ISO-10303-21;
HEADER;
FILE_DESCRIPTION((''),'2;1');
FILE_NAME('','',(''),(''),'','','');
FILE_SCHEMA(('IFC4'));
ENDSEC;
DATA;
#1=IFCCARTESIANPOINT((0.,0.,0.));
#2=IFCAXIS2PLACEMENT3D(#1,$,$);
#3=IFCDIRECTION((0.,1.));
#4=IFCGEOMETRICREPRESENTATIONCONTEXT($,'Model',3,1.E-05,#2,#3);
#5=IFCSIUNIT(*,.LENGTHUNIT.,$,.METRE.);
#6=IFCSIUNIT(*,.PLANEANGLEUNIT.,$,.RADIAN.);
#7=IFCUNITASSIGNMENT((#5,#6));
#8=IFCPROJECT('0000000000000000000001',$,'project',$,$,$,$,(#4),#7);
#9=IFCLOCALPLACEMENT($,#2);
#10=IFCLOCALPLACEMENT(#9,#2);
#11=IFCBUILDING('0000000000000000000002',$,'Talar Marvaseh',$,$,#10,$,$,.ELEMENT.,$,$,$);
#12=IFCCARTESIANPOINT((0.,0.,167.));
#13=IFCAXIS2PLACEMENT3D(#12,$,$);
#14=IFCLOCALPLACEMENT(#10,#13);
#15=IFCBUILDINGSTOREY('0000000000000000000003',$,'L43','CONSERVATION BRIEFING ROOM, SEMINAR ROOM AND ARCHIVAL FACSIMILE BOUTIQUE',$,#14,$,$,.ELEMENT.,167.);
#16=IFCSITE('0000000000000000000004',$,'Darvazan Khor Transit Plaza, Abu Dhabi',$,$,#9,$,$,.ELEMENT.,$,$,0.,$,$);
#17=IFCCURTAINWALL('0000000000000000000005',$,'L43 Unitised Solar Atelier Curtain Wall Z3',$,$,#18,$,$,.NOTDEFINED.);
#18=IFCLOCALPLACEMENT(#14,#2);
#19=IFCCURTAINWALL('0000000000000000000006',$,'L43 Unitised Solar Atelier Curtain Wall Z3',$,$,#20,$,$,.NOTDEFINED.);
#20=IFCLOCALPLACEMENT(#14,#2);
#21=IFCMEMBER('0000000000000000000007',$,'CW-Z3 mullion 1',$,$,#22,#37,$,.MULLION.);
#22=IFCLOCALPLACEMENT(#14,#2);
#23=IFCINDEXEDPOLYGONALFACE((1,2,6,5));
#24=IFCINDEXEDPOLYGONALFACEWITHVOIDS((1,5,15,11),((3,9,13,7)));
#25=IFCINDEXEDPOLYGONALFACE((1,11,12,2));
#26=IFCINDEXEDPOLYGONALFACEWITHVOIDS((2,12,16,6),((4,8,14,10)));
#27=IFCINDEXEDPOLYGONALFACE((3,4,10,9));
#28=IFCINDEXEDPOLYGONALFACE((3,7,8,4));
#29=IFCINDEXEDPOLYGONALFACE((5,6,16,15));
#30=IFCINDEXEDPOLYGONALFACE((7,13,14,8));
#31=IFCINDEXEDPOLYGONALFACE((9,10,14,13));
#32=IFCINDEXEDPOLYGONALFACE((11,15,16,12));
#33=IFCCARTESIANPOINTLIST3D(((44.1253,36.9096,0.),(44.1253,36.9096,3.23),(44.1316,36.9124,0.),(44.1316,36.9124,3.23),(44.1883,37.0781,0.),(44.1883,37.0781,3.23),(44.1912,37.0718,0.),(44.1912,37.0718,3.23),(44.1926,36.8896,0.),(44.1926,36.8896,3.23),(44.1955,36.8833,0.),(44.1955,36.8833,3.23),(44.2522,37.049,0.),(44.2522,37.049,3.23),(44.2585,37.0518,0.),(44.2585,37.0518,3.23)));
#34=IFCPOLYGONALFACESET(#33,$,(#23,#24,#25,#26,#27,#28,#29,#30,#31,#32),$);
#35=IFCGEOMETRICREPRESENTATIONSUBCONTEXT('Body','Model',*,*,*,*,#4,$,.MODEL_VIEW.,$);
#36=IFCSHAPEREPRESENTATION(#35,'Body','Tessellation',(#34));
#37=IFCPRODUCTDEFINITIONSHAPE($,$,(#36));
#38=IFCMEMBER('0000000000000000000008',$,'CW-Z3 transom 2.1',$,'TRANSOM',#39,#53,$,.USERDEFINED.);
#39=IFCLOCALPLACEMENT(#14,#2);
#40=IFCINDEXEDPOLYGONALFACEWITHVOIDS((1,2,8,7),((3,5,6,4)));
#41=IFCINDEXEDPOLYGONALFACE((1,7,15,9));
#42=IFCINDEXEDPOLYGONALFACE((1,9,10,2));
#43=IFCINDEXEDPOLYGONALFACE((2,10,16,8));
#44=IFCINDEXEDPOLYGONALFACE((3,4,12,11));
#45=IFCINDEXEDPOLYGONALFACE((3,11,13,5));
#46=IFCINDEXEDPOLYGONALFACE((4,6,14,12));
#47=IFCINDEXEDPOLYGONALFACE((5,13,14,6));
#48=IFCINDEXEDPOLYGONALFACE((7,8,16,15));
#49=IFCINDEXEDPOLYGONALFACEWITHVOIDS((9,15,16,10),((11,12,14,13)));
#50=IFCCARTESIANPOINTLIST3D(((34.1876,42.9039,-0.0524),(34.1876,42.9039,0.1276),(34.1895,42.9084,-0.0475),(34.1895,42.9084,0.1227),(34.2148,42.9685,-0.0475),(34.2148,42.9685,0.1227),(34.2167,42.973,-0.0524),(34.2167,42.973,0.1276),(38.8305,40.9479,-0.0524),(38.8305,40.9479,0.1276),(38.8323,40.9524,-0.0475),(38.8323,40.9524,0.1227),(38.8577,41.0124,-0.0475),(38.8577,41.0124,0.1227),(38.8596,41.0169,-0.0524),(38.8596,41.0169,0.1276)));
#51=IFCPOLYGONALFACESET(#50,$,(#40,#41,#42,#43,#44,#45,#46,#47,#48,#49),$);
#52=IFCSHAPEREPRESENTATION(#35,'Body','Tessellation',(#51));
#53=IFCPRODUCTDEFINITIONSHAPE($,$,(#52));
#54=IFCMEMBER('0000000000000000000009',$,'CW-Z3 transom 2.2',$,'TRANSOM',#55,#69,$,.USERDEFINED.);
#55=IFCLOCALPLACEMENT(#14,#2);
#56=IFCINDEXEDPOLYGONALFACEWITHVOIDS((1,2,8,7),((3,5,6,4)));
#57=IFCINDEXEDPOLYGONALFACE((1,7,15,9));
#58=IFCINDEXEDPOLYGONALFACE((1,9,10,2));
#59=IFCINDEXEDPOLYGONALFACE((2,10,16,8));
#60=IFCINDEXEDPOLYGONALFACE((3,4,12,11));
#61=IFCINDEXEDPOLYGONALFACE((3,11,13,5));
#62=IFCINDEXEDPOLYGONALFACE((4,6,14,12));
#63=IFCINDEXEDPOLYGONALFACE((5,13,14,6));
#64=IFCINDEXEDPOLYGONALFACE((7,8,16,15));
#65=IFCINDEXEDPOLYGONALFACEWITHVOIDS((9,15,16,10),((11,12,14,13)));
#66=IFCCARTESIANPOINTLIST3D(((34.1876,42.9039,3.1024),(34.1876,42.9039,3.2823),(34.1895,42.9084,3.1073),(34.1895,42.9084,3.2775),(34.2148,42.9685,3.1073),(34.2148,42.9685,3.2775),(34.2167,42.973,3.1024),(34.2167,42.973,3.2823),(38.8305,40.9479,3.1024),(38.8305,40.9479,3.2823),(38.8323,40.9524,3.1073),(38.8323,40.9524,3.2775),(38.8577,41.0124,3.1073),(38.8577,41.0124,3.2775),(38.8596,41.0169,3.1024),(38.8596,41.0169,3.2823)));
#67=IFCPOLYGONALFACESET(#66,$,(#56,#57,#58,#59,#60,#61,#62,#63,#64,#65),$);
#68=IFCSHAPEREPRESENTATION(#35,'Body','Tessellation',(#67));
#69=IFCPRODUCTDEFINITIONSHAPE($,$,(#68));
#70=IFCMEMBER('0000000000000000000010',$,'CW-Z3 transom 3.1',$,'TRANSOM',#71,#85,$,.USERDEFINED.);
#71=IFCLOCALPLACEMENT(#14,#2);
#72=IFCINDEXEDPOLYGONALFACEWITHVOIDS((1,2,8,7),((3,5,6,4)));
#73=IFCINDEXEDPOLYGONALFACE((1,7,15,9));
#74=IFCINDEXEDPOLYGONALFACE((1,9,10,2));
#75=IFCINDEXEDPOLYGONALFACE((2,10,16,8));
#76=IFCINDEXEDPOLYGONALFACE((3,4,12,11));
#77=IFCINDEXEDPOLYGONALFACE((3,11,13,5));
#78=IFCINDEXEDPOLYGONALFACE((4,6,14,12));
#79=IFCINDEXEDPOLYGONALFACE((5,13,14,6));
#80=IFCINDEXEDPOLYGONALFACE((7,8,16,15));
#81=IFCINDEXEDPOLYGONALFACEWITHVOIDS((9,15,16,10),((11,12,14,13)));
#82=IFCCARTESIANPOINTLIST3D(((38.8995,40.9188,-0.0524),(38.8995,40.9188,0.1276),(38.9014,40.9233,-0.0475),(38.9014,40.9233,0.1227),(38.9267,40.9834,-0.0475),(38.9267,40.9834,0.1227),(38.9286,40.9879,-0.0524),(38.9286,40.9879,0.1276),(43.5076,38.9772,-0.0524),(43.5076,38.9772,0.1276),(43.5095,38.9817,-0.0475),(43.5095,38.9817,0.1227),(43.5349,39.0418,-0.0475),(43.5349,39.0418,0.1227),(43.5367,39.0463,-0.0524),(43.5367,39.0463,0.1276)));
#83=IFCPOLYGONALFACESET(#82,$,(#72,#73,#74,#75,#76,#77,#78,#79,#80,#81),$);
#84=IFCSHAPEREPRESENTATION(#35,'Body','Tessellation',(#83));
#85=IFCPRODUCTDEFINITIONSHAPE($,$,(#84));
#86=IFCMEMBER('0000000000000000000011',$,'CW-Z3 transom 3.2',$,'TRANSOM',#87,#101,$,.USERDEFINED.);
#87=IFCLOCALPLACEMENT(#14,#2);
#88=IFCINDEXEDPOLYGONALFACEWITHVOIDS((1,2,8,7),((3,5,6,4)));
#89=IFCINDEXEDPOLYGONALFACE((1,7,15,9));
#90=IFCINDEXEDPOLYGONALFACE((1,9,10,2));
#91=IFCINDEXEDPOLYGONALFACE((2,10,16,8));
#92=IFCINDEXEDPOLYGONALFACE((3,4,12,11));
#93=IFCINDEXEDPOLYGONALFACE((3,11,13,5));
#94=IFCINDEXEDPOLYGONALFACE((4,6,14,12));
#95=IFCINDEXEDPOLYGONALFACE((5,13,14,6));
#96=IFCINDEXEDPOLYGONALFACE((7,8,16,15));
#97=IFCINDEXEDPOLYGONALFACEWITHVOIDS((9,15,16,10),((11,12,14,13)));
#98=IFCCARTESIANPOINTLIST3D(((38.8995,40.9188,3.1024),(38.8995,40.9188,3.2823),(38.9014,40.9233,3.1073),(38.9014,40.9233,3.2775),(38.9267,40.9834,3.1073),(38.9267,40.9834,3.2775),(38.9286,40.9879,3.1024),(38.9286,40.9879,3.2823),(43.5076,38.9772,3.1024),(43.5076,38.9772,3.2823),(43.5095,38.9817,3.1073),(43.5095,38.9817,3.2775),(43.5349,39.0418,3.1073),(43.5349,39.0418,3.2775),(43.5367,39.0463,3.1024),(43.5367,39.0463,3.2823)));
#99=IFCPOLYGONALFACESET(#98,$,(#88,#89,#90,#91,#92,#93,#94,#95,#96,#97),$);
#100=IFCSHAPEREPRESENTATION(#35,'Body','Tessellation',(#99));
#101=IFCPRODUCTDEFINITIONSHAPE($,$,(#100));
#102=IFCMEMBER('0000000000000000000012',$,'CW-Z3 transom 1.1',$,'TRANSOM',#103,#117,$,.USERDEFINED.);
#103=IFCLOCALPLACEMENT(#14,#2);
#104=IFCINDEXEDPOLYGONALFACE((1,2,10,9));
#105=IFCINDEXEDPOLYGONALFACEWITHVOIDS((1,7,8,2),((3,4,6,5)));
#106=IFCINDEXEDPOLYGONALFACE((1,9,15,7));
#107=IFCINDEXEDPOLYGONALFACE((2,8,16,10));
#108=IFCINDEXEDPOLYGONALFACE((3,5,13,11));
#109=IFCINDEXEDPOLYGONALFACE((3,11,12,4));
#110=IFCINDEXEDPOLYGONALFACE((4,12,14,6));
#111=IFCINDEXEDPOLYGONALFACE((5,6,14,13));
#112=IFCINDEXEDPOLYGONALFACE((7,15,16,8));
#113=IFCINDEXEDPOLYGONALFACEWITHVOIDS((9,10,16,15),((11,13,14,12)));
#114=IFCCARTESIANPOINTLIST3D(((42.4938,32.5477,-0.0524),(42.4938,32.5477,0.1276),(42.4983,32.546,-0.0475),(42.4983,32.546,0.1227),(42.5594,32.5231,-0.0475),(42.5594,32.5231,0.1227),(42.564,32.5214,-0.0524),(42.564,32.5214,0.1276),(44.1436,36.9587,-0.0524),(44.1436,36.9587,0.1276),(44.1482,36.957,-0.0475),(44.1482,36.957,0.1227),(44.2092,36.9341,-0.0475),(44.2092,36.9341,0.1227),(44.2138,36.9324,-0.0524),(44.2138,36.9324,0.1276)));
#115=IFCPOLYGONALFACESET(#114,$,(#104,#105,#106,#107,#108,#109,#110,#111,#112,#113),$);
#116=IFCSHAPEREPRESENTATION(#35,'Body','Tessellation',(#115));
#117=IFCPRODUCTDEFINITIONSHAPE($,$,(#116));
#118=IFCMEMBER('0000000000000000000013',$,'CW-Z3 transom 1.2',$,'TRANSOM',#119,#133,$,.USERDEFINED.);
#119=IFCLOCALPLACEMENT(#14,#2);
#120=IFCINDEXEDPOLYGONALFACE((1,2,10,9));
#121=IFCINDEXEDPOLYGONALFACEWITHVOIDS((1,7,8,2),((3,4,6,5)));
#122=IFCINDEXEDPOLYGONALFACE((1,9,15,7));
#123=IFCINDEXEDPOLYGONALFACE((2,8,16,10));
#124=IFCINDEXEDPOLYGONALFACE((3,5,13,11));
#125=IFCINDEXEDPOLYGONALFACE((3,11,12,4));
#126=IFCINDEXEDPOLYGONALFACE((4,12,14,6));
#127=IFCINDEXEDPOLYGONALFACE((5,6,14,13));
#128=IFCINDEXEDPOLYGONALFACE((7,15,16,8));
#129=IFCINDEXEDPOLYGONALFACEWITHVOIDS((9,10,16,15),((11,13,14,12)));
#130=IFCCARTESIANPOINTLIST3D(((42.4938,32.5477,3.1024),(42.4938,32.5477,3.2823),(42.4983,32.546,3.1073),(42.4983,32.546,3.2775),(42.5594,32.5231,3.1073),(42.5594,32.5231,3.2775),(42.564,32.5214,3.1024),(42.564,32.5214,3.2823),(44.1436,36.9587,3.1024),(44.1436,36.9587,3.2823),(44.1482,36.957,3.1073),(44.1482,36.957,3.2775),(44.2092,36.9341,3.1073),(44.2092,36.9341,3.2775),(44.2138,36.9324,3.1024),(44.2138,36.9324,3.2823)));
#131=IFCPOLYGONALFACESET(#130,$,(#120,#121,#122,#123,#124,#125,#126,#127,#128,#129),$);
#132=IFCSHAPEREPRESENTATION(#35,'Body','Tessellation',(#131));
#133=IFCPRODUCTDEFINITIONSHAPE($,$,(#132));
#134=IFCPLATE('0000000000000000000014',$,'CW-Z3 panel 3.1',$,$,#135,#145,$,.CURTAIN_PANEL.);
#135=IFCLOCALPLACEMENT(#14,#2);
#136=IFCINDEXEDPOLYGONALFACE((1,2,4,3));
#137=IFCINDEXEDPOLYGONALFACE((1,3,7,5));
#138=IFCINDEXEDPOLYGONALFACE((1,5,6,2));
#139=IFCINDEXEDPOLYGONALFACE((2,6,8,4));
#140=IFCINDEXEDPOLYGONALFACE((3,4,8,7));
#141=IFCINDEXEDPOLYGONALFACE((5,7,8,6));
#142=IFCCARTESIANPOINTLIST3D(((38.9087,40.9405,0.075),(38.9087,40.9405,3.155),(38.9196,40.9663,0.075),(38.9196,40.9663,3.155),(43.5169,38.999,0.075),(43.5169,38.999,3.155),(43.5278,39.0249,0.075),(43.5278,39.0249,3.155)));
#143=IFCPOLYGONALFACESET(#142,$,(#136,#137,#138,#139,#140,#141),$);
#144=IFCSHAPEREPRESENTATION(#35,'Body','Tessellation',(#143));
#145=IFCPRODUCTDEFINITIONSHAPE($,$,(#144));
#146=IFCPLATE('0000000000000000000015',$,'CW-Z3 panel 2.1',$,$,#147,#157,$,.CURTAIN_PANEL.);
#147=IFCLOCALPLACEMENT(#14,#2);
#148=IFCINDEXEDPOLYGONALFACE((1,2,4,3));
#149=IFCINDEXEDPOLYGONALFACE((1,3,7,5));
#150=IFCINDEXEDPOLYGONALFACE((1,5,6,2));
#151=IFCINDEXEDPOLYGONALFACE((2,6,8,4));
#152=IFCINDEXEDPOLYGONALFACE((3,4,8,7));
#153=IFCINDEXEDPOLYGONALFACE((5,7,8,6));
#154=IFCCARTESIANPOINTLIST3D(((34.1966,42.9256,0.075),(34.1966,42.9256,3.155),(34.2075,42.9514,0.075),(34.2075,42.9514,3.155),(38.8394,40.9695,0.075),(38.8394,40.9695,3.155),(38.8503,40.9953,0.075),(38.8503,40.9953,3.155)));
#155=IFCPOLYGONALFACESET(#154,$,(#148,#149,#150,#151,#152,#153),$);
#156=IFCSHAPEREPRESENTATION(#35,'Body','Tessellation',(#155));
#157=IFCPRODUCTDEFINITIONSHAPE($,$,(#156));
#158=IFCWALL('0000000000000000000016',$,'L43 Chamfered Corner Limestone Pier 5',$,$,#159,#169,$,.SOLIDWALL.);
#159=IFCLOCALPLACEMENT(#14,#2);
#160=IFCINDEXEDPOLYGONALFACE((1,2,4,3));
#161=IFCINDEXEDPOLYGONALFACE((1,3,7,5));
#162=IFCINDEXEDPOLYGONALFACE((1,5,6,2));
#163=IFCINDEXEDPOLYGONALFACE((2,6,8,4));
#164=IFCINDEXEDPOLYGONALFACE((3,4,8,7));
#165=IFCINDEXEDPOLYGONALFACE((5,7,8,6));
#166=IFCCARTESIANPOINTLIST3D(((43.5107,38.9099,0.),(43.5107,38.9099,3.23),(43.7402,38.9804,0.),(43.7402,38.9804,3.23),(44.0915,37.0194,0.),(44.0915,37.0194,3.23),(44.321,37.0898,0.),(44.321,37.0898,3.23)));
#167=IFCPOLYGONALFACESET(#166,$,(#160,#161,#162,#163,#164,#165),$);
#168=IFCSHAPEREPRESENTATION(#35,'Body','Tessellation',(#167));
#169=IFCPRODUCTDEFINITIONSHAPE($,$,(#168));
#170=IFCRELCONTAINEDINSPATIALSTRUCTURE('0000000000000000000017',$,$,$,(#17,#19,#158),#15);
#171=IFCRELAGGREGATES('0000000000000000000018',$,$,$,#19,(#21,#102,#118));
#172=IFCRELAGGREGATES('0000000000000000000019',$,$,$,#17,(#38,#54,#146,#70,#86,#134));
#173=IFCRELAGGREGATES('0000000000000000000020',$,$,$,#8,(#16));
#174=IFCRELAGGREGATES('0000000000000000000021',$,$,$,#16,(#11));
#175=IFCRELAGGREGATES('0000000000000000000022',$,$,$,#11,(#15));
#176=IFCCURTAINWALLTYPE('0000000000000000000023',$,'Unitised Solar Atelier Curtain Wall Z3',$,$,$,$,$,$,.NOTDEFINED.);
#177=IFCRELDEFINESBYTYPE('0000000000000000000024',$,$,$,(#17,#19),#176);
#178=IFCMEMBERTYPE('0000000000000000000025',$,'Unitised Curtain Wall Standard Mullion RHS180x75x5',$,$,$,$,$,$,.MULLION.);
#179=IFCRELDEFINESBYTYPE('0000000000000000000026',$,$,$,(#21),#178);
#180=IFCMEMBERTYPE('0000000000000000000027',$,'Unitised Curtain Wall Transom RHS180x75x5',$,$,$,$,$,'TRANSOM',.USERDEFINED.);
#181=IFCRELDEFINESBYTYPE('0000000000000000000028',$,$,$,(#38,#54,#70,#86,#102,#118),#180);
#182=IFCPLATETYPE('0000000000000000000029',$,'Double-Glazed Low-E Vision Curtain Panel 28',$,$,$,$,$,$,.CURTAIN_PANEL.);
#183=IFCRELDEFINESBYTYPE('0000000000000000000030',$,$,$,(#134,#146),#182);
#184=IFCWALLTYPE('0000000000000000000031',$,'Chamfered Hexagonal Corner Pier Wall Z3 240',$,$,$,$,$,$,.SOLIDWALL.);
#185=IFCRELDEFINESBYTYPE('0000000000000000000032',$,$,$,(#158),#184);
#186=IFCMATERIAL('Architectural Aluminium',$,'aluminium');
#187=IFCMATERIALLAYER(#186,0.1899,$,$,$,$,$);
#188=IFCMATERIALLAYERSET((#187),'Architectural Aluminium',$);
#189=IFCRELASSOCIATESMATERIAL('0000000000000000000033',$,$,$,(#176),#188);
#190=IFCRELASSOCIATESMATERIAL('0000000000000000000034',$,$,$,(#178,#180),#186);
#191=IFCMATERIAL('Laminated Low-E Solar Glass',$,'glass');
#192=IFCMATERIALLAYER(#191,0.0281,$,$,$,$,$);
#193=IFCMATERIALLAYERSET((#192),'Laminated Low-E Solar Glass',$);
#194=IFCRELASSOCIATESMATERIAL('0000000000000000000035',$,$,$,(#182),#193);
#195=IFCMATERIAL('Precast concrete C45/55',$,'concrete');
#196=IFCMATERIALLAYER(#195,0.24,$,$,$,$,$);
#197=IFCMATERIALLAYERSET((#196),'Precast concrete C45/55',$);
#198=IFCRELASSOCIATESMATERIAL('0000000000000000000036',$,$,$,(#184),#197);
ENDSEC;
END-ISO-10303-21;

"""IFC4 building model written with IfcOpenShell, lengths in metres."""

from ifc_helpers import new_model, si_unit, direction, frame, frame_2d, origin, origin_2d, place, context, subcontext, project, spatial, rectangle, hollow_rectangle, extrude, source, transform, mapped, material, layer, layer_set, material_profile, profile_set, type_object, type_shapes, element, aggregate, save


model = new_model("IFC4")

# Units and contexts
model_context = context("Model", 3, precision=1e-05, world=origin(), true_north=direction((0.0, 1.0)))
body_context = subcontext(model_context, "Body", "Model", "MODEL_VIEW")
ifc_project = project(units=[si_unit("LENGTHUNIT", "METRE"), si_unit("PLANEANGLEUNIT", "RADIAN")], contexts=[model_context])

# Site, building, storey
site_placement = place(None, origin())
site = spatial("IfcSite", under=ifc_project, at=site_placement, Name="Darvazan Khor Transit Plaza, Abu Dhabi", CompositionType="ELEMENT", RefElevation=0.0)
building_placement = place(site_placement, origin())
building = spatial("IfcBuilding", under=site, at=building_placement, Name="Talar Marvaseh", CompositionType="ELEMENT")
storey_placement = place(building_placement, frame((0.0, 0.0, 167.0)))
storey = spatial("IfcBuildingStorey", under=building, at=storey_placement, Name="L43", Description="CONSERVATION BRIEFING ROOM, SEMINAR ROOM AND ARCHIVAL FACSIMILE BOUTIQUE", CompositionType="ELEMENT", Elevation=167.0)

# Curtain wall
ifc_material_1 = material(Name="Architectural Aluminium", Category="aluminium")
ifc_layer_1 = layer(ifc_material_1, 0.1899)
ifc_layer_set_1 = layer_set([ifc_layer_1], Name="Architectural Aluminium")
curtain_wall_type = type_object("IfcCurtainWallType", Name="Unitised Solar Atelier Curtain Wall Z3", PredefinedType="NOTDEFINED", material=ifc_layer_set_1)
curtain_wall_1_placement = place(storey_placement, origin())
curtain_wall_1 = element("IfcCurtainWall", 1, at=curtain_wall_1_placement, inside=storey, type_object=curtain_wall_type, Name="L43 Unitised Solar Atelier Curtain Wall Z3", PredefinedType="NOTDEFINED")
ifc_material_profile_1 = material_profile(ifc_material_1, hollow_rectangle(XDim=0.075, YDim=0.1799, WallThickness=0.0049, at=origin_2d()), Name="RHS180x75x5")
ifc_profile_set_1 = profile_set([ifc_material_profile_1], Name="Architectural Aluminium")
member_type_1 = type_object("IfcMemberType", Name="Unitised Curtain Wall Standard Mullion RHS180x75x5", PredefinedType="MULLION", material=ifc_profile_set_1)
shared_shape_1 = source(origin(), body_context, "Body", "SweptSolid", [
    extrude(hollow_rectangle(XDim=0.075, YDim=0.1799, WallThickness=0.0049, at=origin_2d()), origin(), (0.0, 0.0, 1.0), 3.23),
])
type_shapes(member_type_1, [shared_shape_1])

# Curtain wall, member
curtain_wall_2_placement = place(storey_placement, origin())
curtain_wall_2 = element("IfcCurtainWall", 2, at=curtain_wall_2_placement, inside=storey, type_object=curtain_wall_type, Name="L43 Unitised Solar Atelier Curtain Wall Z3", PredefinedType="NOTDEFINED")
member_1_placement = place(storey_placement, frame((44.1919, 36.9807, 0.0), z_axis=(0.0, 0.0, 1.0), x_axis=(0.936617, -0.350355, 0.0)))
member_1 = element("IfcMember", 3, at=member_1_placement, type_object=member_type_1, Name="CW-Z3 mullion 1", PredefinedType="MULLION", context=body_context, shape_type="MappedRepresentation", body=[
    mapped(shared_shape_1, transform((0.0, 0.0, 0.0), x_axis=(1.0, 0.0, 0.0), y_axis=(0.0, 1.0, 0.0), z_axis=(0.0, 0.0, 1.0), scale=1.0)),
])

# Members
ifc_material_profile_2 = material_profile(ifc_material_1, hollow_rectangle(XDim=0.075, YDim=0.1799, WallThickness=0.0049, at=origin_2d()), Name="RHS180x75x5")
ifc_profile_set_2 = profile_set([ifc_material_profile_2], Name="Architectural Aluminium")
member_type_2 = type_object("IfcMemberType", Name="Unitised Curtain Wall Transom RHS180x75x5", ElementType="TRANSOM", PredefinedType="USERDEFINED", material=ifc_profile_set_2)
shared_shape_2 = source(origin(), body_context, "Body", "SweptSolid", [
    extrude(hollow_rectangle(XDim=0.075, YDim=0.1799, WallThickness=0.0049, at=origin_2d()), origin(), (0.0, 0.0, 1.0), 5.0381),
])
member_2_placement = place(storey_placement, frame((34.2021, 42.9385, 0.0376), z_axis=(0.921551, -0.388256, 0.0), x_axis=(0.388256, 0.921551, 0.0)))
member_2 = element("IfcMember", 4, at=member_2_placement, type_object=member_type_2, Name="CW-Z3 transom 2.1", ObjectType="TRANSOM", PredefinedType="USERDEFINED", context=body_context, shape_type="MappedRepresentation", body=[
    mapped(shared_shape_2, transform((0.0, 0.0, 0.0), x_axis=(1.0, 0.0, 0.0), y_axis=(0.0, 1.0, 0.0), z_axis=(0.0, 0.0, 1.0), scale=1.0)),
])
member_3_placement = place(storey_placement, frame((34.2021, 42.9385, 3.1924), z_axis=(0.921551, -0.388256, 0.0), x_axis=(0.388256, 0.921551, 0.0)))
member_3 = element("IfcMember", 5, at=member_3_placement, type_object=member_type_2, Name="CW-Z3 transom 2.2", ObjectType="TRANSOM", PredefinedType="USERDEFINED", context=body_context, shape_type="MappedRepresentation", body=[
    mapped(shared_shape_2, transform((0.0, 0.0, 0.0), x_axis=(1.0, 0.0, 0.0), y_axis=(0.0, 1.0, 0.0), z_axis=(0.0, 0.0, 1.0), scale=1.0)),
])
shared_shape_3 = source(origin(), body_context, "Body", "SweptSolid", [
    extrude(hollow_rectangle(XDim=0.075, YDim=0.1799, WallThickness=0.0049, at=origin_2d()), origin(), (0.0, 0.0, 1.0), 5.0005),
])
member_4_placement = place(storey_placement, frame((38.9141, 40.9534, 0.0376), z_axis=(0.921537, -0.388291, 0.0), x_axis=(0.388291, 0.921537, 0.0)))
member_4 = element("IfcMember", 6, at=member_4_placement, type_object=member_type_2, Name="CW-Z3 transom 3.1", ObjectType="TRANSOM", PredefinedType="USERDEFINED", context=body_context, shape_type="MappedRepresentation", body=[
    mapped(shared_shape_3, transform((0.0, 0.0, 0.0), x_axis=(1.0, 0.0, 0.0), y_axis=(0.0, 1.0, 0.0), z_axis=(0.0, 0.0, 1.0), scale=1.0)),
])
member_5_placement = place(storey_placement, frame((38.9141, 40.9534, 3.1924), z_axis=(0.921537, -0.388291, 0.0), x_axis=(0.388291, 0.921537, 0.0)))
member_5 = element("IfcMember", 7, at=member_5_placement, type_object=member_type_2, Name="CW-Z3 transom 3.2", ObjectType="TRANSOM", PredefinedType="USERDEFINED", context=body_context, shape_type="MappedRepresentation", body=[
    mapped(shared_shape_3, transform((0.0, 0.0, 0.0), x_axis=(1.0, 0.0, 0.0), y_axis=(0.0, 1.0, 0.0), z_axis=(0.0, 0.0, 1.0), scale=1.0)),
])
shared_shape_4 = source(origin(), body_context, "Body", "SweptSolid", [
    extrude(hollow_rectangle(XDim=0.075, YDim=0.1799, WallThickness=0.0049, at=origin_2d()), origin(), (0.0, 0.0, 1.0), 4.7095),
])
type_shapes(member_type_2, [shared_shape_2, shared_shape_3, shared_shape_4])
member_6_placement = place(storey_placement, frame((44.1787, 36.9456, 0.0376), z_axis=(-0.350328, -0.936627, 0.0), x_axis=(0.936627, -0.350328, 0.0)))
member_6 = element("IfcMember", 8, at=member_6_placement, type_object=member_type_2, Name="CW-Z3 transom 1.1", ObjectType="TRANSOM", PredefinedType="USERDEFINED", context=body_context, shape_type="MappedRepresentation", body=[
    mapped(shared_shape_4, transform((0.0, 0.0, 0.0), x_axis=(1.0, 0.0, 0.0), y_axis=(0.0, 1.0, 0.0), z_axis=(0.0, 0.0, 1.0), scale=1.0)),
])
member_7_placement = place(storey_placement, frame((44.1787, 36.9456, 3.1924), z_axis=(-0.350328, -0.936627, 0.0), x_axis=(0.936627, -0.350328, 0.0)))
member_7 = element("IfcMember", 9, at=member_7_placement, type_object=member_type_2, Name="CW-Z3 transom 1.2", ObjectType="TRANSOM", PredefinedType="USERDEFINED", context=body_context, shape_type="MappedRepresentation", body=[
    mapped(shared_shape_4, transform((0.0, 0.0, 0.0), x_axis=(1.0, 0.0, 0.0), y_axis=(0.0, 1.0, 0.0), z_axis=(0.0, 0.0, 1.0), scale=1.0)),
])
aggregate(curtain_wall_2, [member_1, member_6, member_7])

# Plates
ifc_material_2 = material(Name="Laminated Low-E Solar Glass", Category="glass")
ifc_layer_2 = layer(ifc_material_2, 0.0281)
ifc_layer_set_2 = layer_set([ifc_layer_2], Name="Laminated Low-E Solar Glass")
plate_type = type_object("IfcPlateType", Name="Double-Glazed Low-E Vision Curtain Panel 28", PredefinedType="CURTAIN_PANEL", material=ifc_layer_set_2)
shared_shape_5 = source(origin(), body_context, "Body", "SweptSolid", [
    extrude(rectangle(XDim=5.0005, YDim=0.0281, at=origin_2d()), origin(), (0.0, 0.0, 1.0), 3.0801),
])
plate_1_placement = place(storey_placement, frame((41.2183, 39.9827, 0.075), z_axis=(0.0, 0.0, 1.0), x_axis=(0.921551, -0.388258, 0.0)))
plate_1 = element("IfcPlate", 10, at=plate_1_placement, type_object=plate_type, Name="CW-Z3 panel 3.1", PredefinedType="CURTAIN_PANEL", context=body_context, shape_type="MappedRepresentation", body=[
    mapped(shared_shape_5, transform((0.0, 0.0, 0.0), x_axis=(1.0, 0.0, 0.0), y_axis=(0.0, 1.0, 0.0), z_axis=(0.0, 0.0, 1.0), scale=1.0)),
])
shared_shape_6 = source(origin(), body_context, "Body", "SweptSolid", [
    extrude(rectangle(XDim=5.0381, YDim=0.0281, at=origin_2d()), origin(), (0.0, 0.0, 1.0), 3.0801),
])
type_shapes(plate_type, [shared_shape_5, shared_shape_6])
plate_2_placement = place(storey_placement, frame((36.5234, 41.9604, 0.075), z_axis=(0.0, 0.0, 1.0), x_axis=(0.921551, -0.388258, 0.0)))
plate_2 = element("IfcPlate", 11, at=plate_2_placement, type_object=plate_type, Name="CW-Z3 panel 2.1", PredefinedType="CURTAIN_PANEL", context=body_context, shape_type="MappedRepresentation", body=[
    mapped(shared_shape_6, transform((0.0, 0.0, 0.0), x_axis=(1.0, 0.0, 0.0), y_axis=(0.0, 1.0, 0.0), z_axis=(0.0, 0.0, 1.0), scale=1.0)),
])
aggregate(curtain_wall_1, [member_2, member_3, plate_2, member_4, member_5, plate_1])

# Wall
ifc_material_3 = material(Name="Precast concrete C45/55", Category="concrete")
ifc_layer_3 = layer(ifc_material_3, 0.24)
ifc_layer_set_3 = layer_set([ifc_layer_3], Name="Precast concrete C45/55")
wall_type = type_object("IfcWallType", Name="Chamfered Hexagonal Corner Pier Wall Z3 240", PredefinedType="SOLIDWALL", material=ifc_layer_set_3)
wall_placement = place(storey_placement, frame((43.6255, 38.9451, 0.0), z_axis=(0.0, 0.0, 1.0), x_axis=(0.293661, -0.95591, 0.0)))
element("IfcWall", 12, at=wall_placement, inside=storey, type_object=wall_type, Name="L43 Chamfered Corner Limestone Pier 5", PredefinedType="SOLIDWALL", context=body_context, shape_type="SweptSolid", body=[
    extrude(rectangle(XDim=1.9778, YDim=0.24, at=frame_2d((0.9888, 0.0))), origin(), (0.0, 0.0, 1.0), 3.23),
])

save(model, "model.ifc")
